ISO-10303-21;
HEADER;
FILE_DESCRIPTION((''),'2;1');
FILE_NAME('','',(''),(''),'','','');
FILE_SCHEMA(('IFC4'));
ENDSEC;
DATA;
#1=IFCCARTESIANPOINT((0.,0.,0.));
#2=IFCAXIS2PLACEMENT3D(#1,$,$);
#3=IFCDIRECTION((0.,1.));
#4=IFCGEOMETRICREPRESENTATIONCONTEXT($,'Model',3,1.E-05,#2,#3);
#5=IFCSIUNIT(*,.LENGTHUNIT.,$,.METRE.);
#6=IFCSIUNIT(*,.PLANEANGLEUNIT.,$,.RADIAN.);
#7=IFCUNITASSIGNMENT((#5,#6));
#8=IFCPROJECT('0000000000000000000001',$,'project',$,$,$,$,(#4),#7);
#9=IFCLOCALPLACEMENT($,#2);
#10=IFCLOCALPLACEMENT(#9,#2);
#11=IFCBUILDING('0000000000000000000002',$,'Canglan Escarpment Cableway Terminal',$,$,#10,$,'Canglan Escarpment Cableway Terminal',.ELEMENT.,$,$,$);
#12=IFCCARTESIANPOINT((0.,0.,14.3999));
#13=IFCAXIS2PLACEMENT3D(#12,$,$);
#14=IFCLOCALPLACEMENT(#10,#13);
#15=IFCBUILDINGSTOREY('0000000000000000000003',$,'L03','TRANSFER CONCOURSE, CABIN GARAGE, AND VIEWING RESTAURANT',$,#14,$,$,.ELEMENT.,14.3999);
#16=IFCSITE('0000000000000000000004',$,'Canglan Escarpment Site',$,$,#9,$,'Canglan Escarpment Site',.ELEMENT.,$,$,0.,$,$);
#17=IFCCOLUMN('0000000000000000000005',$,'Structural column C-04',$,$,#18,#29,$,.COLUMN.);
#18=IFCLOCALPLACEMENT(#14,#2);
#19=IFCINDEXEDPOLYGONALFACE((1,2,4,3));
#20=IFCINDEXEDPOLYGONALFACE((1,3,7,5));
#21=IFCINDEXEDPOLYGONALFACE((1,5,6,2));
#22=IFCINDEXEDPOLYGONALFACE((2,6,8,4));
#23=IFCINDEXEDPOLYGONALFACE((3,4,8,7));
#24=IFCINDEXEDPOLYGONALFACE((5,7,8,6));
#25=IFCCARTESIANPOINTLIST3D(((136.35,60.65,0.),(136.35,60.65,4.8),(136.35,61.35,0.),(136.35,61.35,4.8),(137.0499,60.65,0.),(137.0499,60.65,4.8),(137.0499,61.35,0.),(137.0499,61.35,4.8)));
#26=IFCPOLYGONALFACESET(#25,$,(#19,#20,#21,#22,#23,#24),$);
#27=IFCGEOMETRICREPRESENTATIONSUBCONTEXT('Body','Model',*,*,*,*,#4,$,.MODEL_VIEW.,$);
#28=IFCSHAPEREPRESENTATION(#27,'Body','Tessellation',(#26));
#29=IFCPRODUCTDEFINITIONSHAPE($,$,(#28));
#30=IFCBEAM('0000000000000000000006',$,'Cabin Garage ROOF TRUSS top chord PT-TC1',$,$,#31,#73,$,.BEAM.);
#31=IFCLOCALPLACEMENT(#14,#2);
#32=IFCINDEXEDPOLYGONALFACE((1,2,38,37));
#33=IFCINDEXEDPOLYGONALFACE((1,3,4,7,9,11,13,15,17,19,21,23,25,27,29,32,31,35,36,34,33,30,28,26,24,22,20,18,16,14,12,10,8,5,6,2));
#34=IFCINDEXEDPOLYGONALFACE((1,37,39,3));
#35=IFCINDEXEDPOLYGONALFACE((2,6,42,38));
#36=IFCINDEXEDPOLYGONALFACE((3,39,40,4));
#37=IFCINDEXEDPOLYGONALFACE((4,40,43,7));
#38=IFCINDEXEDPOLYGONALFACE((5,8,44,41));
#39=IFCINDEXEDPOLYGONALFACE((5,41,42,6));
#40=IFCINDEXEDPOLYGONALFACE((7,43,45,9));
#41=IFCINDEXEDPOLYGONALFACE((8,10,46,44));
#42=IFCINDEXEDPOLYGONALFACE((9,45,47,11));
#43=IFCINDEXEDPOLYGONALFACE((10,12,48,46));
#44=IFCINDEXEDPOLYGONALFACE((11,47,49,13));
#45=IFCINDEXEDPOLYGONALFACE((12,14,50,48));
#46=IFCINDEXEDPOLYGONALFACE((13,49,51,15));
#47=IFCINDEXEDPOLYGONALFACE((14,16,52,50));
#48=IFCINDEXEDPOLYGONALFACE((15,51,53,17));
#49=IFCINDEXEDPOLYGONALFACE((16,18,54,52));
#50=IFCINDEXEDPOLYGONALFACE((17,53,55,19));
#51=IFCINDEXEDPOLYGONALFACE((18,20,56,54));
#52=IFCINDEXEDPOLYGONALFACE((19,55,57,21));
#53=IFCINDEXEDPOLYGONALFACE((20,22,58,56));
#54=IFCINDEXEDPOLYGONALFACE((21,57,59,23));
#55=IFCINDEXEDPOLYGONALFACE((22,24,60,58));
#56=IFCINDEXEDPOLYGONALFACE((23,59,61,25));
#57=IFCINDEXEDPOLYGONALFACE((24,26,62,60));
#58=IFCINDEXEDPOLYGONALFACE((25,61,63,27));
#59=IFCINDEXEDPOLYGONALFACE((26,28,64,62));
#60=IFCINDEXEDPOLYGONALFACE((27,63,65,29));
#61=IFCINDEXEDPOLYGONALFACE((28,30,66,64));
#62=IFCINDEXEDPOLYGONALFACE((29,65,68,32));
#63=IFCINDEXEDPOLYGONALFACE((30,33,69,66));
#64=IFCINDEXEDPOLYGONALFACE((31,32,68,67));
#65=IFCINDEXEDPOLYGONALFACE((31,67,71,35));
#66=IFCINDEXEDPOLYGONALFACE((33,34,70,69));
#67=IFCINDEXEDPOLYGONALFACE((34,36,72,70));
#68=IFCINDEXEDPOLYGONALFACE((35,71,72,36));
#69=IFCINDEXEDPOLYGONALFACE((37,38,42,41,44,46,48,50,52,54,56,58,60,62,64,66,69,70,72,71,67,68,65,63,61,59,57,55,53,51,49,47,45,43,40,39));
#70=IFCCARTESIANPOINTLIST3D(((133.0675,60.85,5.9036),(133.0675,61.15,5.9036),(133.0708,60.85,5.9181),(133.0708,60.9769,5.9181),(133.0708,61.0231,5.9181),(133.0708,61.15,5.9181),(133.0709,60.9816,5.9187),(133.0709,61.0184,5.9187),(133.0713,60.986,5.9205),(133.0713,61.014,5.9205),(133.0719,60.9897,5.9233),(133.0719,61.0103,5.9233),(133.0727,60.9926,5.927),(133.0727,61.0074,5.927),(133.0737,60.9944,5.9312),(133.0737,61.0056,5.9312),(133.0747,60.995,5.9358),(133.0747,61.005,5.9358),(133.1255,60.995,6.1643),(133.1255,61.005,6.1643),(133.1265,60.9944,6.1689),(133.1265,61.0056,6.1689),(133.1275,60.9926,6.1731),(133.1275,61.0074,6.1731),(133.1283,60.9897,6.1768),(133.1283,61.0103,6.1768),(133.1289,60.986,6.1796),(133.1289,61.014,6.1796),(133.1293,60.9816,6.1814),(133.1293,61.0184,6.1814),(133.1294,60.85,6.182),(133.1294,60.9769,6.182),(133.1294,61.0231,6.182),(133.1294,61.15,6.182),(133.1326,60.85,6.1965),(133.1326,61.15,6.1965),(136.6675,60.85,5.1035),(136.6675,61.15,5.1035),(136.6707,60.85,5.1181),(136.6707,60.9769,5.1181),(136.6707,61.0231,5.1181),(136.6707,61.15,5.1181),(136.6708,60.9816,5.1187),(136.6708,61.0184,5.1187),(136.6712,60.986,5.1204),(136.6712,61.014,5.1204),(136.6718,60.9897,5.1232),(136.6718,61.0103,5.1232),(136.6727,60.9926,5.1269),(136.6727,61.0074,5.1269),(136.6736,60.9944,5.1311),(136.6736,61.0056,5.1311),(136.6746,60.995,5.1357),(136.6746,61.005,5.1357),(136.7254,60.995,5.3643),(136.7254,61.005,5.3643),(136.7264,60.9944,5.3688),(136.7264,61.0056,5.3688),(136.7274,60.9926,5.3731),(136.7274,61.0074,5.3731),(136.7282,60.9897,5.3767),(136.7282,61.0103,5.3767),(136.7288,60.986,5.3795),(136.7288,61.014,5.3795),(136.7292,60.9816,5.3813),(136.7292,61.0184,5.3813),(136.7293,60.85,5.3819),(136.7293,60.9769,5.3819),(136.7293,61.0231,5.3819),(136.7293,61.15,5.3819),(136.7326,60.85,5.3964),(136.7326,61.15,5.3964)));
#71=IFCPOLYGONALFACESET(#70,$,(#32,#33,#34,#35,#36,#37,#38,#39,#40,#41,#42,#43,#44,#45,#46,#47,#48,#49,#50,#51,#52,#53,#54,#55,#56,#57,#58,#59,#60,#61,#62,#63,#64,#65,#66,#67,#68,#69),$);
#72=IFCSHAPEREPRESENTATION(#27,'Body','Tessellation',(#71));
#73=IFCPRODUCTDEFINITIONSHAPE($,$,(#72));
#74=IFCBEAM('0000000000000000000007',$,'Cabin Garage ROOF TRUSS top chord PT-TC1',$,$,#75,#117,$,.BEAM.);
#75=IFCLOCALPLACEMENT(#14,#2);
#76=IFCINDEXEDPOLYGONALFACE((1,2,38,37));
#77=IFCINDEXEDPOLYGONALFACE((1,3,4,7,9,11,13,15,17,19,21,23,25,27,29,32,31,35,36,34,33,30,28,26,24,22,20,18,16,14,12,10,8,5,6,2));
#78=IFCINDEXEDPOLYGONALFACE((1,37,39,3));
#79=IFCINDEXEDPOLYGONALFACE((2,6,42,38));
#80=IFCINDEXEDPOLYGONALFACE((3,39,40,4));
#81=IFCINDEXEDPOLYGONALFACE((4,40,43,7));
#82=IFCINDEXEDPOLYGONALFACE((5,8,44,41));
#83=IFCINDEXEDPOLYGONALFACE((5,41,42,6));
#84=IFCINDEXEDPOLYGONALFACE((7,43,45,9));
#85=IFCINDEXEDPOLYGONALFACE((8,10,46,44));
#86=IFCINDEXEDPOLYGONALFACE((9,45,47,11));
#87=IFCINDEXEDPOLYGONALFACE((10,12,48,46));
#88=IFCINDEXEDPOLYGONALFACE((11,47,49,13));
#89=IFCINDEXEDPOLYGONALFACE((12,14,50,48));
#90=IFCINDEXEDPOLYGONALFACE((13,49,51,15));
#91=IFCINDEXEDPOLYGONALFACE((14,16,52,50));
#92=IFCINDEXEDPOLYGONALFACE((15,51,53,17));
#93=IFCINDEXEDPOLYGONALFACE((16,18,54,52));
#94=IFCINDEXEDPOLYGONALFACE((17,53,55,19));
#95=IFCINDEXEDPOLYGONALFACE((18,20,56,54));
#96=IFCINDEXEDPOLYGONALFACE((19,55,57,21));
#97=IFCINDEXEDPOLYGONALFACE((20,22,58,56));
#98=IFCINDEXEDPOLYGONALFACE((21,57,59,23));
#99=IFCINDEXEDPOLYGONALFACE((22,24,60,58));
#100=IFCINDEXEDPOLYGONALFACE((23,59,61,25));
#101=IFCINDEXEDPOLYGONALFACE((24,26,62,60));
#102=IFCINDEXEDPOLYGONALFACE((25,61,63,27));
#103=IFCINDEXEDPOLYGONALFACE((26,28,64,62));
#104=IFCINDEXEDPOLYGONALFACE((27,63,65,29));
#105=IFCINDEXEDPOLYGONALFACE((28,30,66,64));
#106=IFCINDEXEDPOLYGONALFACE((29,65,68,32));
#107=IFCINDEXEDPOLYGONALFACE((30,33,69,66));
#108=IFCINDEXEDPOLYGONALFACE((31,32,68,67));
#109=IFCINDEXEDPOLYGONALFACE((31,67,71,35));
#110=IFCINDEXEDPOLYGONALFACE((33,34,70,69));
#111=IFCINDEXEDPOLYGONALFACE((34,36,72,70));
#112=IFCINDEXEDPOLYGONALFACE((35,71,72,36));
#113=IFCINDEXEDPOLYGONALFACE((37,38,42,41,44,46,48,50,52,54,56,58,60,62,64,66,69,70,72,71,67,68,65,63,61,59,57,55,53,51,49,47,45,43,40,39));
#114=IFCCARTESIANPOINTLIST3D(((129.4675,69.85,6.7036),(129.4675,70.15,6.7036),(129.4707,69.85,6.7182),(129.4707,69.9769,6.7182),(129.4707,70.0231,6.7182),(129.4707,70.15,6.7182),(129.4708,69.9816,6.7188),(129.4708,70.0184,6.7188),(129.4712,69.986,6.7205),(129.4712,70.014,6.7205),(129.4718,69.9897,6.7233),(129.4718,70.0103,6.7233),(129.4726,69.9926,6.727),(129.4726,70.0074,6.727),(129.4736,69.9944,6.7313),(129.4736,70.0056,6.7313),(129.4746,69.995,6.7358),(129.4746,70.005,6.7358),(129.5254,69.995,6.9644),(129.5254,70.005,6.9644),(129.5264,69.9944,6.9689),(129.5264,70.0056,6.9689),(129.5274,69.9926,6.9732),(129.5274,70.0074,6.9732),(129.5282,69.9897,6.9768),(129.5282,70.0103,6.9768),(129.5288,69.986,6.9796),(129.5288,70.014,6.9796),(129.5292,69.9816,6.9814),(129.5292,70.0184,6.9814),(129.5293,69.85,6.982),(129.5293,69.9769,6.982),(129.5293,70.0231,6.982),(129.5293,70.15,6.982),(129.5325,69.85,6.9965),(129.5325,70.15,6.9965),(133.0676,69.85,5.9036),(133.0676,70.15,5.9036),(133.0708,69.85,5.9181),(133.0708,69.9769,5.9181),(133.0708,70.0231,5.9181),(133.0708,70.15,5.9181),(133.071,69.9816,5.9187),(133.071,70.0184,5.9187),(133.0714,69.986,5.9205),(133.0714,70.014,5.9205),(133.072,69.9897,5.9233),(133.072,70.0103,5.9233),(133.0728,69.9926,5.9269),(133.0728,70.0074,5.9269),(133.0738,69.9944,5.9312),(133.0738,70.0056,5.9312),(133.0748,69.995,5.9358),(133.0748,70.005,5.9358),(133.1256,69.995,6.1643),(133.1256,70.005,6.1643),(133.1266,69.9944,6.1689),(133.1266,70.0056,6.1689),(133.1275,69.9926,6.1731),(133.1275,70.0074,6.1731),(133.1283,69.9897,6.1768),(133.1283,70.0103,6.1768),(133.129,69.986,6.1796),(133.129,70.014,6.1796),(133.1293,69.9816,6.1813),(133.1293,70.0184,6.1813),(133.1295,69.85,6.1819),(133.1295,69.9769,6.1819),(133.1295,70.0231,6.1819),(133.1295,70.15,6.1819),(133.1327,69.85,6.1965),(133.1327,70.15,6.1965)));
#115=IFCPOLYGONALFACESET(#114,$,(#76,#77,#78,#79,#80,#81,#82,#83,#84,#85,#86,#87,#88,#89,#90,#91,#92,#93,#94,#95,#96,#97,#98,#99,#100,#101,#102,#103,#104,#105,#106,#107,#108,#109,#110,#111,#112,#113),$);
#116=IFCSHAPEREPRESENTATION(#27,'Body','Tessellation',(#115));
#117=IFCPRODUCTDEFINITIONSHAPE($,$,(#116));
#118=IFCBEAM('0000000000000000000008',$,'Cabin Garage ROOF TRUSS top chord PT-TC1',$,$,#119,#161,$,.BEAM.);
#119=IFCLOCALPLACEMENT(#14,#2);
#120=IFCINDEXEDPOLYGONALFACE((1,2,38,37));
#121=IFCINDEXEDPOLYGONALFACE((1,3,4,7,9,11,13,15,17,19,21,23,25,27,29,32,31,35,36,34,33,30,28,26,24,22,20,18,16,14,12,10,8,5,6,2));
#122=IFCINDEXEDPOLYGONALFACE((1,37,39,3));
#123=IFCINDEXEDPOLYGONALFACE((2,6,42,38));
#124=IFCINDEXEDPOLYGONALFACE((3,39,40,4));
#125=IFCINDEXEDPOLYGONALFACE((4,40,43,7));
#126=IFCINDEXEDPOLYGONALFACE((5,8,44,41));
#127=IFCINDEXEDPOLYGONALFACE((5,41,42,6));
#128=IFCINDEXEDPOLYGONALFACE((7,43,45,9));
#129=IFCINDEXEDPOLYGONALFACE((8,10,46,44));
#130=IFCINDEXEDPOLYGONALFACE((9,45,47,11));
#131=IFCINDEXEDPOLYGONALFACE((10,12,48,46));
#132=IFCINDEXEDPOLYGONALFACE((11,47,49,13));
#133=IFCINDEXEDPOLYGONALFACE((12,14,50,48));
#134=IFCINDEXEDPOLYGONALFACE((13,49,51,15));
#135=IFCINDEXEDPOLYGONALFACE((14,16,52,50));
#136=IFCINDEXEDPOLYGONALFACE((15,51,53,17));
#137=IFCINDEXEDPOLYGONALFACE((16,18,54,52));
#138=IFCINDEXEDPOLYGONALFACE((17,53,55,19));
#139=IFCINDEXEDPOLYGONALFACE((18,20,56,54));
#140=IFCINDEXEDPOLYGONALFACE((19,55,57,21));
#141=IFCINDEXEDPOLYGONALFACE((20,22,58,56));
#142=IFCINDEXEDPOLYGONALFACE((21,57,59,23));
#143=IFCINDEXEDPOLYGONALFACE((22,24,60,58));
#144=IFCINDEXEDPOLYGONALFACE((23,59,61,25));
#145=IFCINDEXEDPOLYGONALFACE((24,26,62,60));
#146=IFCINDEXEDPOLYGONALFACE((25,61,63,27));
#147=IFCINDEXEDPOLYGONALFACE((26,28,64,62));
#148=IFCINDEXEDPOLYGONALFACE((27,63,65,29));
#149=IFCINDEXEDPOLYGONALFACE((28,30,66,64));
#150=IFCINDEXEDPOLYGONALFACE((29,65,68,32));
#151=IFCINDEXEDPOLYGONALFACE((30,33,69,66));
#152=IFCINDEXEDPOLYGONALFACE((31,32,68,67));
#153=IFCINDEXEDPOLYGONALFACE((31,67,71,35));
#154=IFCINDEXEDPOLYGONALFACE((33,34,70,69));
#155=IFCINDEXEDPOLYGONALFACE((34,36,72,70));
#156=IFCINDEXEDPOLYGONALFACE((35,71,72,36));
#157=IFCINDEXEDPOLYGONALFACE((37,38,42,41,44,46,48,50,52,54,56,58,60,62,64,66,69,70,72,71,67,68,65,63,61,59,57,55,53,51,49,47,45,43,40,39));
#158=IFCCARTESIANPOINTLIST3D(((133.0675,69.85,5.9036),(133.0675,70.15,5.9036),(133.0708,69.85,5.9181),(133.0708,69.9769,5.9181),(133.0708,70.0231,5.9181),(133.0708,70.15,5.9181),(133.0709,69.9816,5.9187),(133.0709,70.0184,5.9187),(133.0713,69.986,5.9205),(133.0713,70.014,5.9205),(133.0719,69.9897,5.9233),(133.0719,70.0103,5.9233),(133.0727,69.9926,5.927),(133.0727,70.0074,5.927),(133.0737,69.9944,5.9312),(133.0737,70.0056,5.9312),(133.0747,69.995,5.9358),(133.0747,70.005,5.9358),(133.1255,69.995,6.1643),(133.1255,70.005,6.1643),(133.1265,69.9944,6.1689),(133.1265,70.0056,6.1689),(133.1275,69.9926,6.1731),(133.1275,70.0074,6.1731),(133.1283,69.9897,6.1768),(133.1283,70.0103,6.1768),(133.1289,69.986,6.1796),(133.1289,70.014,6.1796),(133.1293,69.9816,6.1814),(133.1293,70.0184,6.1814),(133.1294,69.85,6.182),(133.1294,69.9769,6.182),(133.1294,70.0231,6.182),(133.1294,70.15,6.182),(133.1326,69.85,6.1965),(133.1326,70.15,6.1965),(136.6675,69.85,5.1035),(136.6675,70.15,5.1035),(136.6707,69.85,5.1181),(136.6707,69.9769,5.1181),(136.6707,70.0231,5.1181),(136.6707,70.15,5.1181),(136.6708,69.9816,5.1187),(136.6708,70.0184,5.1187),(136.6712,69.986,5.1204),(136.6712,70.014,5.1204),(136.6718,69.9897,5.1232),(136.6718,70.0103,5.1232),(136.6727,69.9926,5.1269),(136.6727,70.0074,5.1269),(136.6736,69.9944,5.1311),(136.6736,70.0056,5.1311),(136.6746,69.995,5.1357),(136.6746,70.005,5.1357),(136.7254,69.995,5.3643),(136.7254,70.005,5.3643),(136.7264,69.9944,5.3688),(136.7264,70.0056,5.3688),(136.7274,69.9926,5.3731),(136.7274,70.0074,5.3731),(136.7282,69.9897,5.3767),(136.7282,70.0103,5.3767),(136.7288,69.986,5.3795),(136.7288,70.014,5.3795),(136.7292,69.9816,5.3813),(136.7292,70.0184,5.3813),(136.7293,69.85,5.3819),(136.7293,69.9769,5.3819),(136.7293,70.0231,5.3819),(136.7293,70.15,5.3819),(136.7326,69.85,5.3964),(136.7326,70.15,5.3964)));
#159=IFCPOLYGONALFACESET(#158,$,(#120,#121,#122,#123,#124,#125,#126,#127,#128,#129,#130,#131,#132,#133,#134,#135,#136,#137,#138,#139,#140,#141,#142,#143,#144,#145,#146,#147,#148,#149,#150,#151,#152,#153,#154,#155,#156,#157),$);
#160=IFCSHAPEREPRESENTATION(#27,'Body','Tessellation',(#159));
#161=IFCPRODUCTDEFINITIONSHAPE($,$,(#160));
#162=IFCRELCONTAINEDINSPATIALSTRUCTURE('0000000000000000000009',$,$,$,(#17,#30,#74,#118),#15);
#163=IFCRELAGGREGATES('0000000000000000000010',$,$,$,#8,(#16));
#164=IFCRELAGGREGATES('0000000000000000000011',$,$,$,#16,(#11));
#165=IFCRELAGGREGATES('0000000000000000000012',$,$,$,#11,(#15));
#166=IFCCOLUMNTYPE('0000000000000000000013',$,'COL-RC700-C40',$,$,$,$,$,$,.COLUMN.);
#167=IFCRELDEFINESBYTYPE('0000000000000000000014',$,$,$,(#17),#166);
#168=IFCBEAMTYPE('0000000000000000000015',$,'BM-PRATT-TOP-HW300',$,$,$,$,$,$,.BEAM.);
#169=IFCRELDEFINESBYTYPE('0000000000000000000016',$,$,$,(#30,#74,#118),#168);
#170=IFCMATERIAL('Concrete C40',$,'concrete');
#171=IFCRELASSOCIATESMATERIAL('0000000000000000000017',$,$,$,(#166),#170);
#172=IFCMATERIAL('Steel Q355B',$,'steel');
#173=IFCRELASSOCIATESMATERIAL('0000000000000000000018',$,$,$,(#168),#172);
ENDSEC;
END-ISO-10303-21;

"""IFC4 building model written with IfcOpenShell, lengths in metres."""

from ifc_helpers import new_model, si_unit, direction, frame, origin, origin_2d, place, context, subcontext, project, spatial, rectangle, i_section, extrude, material, material_profile, profile_set, type_object, element, save


model = new_model("IFC4")

# Units and contexts
model_context = context("Model", 3, precision=1e-05, world=origin(), true_north=direction((0.0, 1.0)))
body_context = subcontext(model_context, "Body", "Model", "MODEL_VIEW")
ifc_project = project(units=[si_unit("LENGTHUNIT", "METRE"), si_unit("PLANEANGLEUNIT", "RADIAN")], contexts=[model_context])

# Site, building, storey
site_placement = place(None, origin())
site = spatial("IfcSite", under=ifc_project, at=site_placement, Name="Canglan Escarpment Site", LongName="Canglan Escarpment Site", CompositionType="ELEMENT", RefElevation=0.0)
building_placement = place(site_placement, origin())
building = spatial("IfcBuilding", under=site, at=building_placement, Name="Canglan Escarpment Cableway Terminal", LongName="Canglan Escarpment Cableway Terminal", CompositionType="ELEMENT")
storey_placement = place(building_placement, frame((0.0, 0.0, 14.3999)))
storey = spatial("IfcBuildingStorey", under=building, at=storey_placement, Name="L03", Description="TRANSFER CONCOURSE, CABIN GARAGE, AND VIEWING RESTAURANT", CompositionType="ELEMENT", Elevation=14.3999)

# Column
ifc_material_1 = material(Name="Concrete C40", Category="concrete")
ifc_material_profile_1 = material_profile(ifc_material_1, rectangle(XDim=0.7, YDim=0.7, at=origin_2d()), Name="RC 700x700")
ifc_profile_set_1 = profile_set([ifc_material_profile_1], Name="Concrete C40")
column_type = type_object("IfcColumnType", Name="COL-RC700-C40", PredefinedType="COLUMN", material=ifc_profile_set_1)
column_placement = place(storey_placement, frame((136.7, 61.0, 0.0), z_axis=(0.0, 0.0, 1.0), x_axis=(1.0, 0.0, 0.0)))
element("IfcColumn", 1, at=column_placement, inside=storey, type_object=column_type, Name="Structural column C-04", PredefinedType="COLUMN", context=body_context, shape_type="SweptSolid", body=[
    extrude(rectangle(XDim=0.7, YDim=0.7, at=origin_2d()), origin(), (0.0, 0.0, 1.0), 4.8),
])

# Beams
ifc_material_2 = material(Name="Steel Q355B", Category="steel")
ifc_material_profile_2 = material_profile(ifc_material_2, i_section(OverallWidth=0.3, OverallDepth=0.3, WebThickness=0.01, FlangeThickness=0.0149, FilletRadius=0.0181, at=origin_2d()), Name="HW 300x300x10x15")
ifc_profile_set_2 = profile_set([ifc_material_profile_2], Name="Steel Q355B")
beam_type = type_object("IfcBeamType", Name="BM-PRATT-TOP-HW300", PredefinedType="BEAM", material=ifc_profile_set_2)
beam_1_placement = place(storey_placement, frame((133.1001, 61.0, 6.05), z_axis=(0.976182, 0.0, -0.216951), x_axis=(0.0, 1.0, 0.0)))
element("IfcBeam", 2, at=beam_1_placement, inside=storey, type_object=beam_type, Name="Cabin Garage ROOF TRUSS top chord PT-TC1", PredefinedType="BEAM", context=body_context, shape_type="SweptSolid", body=[
    extrude(i_section(OverallWidth=0.3, OverallDepth=0.3, WebThickness=0.01, FlangeThickness=0.0149, FilletRadius=0.0181, at=origin_2d()), origin(), (0.0, 0.0, 1.0), 3.6877),
])
beam_2_placement = place(storey_placement, frame((129.5, 70.0, 6.8501), z_axis=(0.976186, 0.0, -0.216937), x_axis=(0.0, 1.0, 0.0)))
element("IfcBeam", 3, at=beam_2_placement, inside=storey, type_object=beam_type, Name="Cabin Garage ROOF TRUSS top chord PT-TC1", PredefinedType="BEAM", context=body_context, shape_type="SweptSolid", body=[
    extrude(i_section(OverallWidth=0.3, OverallDepth=0.3, WebThickness=0.01, FlangeThickness=0.0149, FilletRadius=0.0181, at=origin_2d()), origin(), (0.0, 0.0, 1.0), 3.688),
])
beam_3_placement = place(storey_placement, frame((133.1001, 70.0, 6.05), z_axis=(0.976182, 0.0, -0.216951), x_axis=(0.0, 1.0, 0.0)))
element("IfcBeam", 4, at=beam_3_placement, inside=storey, type_object=beam_type, Name="Cabin Garage ROOF TRUSS top chord PT-TC1", PredefinedType="BEAM", context=body_context, shape_type="SweptSolid", body=[
    extrude(i_section(OverallWidth=0.3, OverallDepth=0.3, WebThickness=0.01, FlangeThickness=0.0149, FilletRadius=0.0181, at=origin_2d()), origin(), (0.0, 0.0, 1.0), 3.6877),
])

save(model, "model.ifc")
